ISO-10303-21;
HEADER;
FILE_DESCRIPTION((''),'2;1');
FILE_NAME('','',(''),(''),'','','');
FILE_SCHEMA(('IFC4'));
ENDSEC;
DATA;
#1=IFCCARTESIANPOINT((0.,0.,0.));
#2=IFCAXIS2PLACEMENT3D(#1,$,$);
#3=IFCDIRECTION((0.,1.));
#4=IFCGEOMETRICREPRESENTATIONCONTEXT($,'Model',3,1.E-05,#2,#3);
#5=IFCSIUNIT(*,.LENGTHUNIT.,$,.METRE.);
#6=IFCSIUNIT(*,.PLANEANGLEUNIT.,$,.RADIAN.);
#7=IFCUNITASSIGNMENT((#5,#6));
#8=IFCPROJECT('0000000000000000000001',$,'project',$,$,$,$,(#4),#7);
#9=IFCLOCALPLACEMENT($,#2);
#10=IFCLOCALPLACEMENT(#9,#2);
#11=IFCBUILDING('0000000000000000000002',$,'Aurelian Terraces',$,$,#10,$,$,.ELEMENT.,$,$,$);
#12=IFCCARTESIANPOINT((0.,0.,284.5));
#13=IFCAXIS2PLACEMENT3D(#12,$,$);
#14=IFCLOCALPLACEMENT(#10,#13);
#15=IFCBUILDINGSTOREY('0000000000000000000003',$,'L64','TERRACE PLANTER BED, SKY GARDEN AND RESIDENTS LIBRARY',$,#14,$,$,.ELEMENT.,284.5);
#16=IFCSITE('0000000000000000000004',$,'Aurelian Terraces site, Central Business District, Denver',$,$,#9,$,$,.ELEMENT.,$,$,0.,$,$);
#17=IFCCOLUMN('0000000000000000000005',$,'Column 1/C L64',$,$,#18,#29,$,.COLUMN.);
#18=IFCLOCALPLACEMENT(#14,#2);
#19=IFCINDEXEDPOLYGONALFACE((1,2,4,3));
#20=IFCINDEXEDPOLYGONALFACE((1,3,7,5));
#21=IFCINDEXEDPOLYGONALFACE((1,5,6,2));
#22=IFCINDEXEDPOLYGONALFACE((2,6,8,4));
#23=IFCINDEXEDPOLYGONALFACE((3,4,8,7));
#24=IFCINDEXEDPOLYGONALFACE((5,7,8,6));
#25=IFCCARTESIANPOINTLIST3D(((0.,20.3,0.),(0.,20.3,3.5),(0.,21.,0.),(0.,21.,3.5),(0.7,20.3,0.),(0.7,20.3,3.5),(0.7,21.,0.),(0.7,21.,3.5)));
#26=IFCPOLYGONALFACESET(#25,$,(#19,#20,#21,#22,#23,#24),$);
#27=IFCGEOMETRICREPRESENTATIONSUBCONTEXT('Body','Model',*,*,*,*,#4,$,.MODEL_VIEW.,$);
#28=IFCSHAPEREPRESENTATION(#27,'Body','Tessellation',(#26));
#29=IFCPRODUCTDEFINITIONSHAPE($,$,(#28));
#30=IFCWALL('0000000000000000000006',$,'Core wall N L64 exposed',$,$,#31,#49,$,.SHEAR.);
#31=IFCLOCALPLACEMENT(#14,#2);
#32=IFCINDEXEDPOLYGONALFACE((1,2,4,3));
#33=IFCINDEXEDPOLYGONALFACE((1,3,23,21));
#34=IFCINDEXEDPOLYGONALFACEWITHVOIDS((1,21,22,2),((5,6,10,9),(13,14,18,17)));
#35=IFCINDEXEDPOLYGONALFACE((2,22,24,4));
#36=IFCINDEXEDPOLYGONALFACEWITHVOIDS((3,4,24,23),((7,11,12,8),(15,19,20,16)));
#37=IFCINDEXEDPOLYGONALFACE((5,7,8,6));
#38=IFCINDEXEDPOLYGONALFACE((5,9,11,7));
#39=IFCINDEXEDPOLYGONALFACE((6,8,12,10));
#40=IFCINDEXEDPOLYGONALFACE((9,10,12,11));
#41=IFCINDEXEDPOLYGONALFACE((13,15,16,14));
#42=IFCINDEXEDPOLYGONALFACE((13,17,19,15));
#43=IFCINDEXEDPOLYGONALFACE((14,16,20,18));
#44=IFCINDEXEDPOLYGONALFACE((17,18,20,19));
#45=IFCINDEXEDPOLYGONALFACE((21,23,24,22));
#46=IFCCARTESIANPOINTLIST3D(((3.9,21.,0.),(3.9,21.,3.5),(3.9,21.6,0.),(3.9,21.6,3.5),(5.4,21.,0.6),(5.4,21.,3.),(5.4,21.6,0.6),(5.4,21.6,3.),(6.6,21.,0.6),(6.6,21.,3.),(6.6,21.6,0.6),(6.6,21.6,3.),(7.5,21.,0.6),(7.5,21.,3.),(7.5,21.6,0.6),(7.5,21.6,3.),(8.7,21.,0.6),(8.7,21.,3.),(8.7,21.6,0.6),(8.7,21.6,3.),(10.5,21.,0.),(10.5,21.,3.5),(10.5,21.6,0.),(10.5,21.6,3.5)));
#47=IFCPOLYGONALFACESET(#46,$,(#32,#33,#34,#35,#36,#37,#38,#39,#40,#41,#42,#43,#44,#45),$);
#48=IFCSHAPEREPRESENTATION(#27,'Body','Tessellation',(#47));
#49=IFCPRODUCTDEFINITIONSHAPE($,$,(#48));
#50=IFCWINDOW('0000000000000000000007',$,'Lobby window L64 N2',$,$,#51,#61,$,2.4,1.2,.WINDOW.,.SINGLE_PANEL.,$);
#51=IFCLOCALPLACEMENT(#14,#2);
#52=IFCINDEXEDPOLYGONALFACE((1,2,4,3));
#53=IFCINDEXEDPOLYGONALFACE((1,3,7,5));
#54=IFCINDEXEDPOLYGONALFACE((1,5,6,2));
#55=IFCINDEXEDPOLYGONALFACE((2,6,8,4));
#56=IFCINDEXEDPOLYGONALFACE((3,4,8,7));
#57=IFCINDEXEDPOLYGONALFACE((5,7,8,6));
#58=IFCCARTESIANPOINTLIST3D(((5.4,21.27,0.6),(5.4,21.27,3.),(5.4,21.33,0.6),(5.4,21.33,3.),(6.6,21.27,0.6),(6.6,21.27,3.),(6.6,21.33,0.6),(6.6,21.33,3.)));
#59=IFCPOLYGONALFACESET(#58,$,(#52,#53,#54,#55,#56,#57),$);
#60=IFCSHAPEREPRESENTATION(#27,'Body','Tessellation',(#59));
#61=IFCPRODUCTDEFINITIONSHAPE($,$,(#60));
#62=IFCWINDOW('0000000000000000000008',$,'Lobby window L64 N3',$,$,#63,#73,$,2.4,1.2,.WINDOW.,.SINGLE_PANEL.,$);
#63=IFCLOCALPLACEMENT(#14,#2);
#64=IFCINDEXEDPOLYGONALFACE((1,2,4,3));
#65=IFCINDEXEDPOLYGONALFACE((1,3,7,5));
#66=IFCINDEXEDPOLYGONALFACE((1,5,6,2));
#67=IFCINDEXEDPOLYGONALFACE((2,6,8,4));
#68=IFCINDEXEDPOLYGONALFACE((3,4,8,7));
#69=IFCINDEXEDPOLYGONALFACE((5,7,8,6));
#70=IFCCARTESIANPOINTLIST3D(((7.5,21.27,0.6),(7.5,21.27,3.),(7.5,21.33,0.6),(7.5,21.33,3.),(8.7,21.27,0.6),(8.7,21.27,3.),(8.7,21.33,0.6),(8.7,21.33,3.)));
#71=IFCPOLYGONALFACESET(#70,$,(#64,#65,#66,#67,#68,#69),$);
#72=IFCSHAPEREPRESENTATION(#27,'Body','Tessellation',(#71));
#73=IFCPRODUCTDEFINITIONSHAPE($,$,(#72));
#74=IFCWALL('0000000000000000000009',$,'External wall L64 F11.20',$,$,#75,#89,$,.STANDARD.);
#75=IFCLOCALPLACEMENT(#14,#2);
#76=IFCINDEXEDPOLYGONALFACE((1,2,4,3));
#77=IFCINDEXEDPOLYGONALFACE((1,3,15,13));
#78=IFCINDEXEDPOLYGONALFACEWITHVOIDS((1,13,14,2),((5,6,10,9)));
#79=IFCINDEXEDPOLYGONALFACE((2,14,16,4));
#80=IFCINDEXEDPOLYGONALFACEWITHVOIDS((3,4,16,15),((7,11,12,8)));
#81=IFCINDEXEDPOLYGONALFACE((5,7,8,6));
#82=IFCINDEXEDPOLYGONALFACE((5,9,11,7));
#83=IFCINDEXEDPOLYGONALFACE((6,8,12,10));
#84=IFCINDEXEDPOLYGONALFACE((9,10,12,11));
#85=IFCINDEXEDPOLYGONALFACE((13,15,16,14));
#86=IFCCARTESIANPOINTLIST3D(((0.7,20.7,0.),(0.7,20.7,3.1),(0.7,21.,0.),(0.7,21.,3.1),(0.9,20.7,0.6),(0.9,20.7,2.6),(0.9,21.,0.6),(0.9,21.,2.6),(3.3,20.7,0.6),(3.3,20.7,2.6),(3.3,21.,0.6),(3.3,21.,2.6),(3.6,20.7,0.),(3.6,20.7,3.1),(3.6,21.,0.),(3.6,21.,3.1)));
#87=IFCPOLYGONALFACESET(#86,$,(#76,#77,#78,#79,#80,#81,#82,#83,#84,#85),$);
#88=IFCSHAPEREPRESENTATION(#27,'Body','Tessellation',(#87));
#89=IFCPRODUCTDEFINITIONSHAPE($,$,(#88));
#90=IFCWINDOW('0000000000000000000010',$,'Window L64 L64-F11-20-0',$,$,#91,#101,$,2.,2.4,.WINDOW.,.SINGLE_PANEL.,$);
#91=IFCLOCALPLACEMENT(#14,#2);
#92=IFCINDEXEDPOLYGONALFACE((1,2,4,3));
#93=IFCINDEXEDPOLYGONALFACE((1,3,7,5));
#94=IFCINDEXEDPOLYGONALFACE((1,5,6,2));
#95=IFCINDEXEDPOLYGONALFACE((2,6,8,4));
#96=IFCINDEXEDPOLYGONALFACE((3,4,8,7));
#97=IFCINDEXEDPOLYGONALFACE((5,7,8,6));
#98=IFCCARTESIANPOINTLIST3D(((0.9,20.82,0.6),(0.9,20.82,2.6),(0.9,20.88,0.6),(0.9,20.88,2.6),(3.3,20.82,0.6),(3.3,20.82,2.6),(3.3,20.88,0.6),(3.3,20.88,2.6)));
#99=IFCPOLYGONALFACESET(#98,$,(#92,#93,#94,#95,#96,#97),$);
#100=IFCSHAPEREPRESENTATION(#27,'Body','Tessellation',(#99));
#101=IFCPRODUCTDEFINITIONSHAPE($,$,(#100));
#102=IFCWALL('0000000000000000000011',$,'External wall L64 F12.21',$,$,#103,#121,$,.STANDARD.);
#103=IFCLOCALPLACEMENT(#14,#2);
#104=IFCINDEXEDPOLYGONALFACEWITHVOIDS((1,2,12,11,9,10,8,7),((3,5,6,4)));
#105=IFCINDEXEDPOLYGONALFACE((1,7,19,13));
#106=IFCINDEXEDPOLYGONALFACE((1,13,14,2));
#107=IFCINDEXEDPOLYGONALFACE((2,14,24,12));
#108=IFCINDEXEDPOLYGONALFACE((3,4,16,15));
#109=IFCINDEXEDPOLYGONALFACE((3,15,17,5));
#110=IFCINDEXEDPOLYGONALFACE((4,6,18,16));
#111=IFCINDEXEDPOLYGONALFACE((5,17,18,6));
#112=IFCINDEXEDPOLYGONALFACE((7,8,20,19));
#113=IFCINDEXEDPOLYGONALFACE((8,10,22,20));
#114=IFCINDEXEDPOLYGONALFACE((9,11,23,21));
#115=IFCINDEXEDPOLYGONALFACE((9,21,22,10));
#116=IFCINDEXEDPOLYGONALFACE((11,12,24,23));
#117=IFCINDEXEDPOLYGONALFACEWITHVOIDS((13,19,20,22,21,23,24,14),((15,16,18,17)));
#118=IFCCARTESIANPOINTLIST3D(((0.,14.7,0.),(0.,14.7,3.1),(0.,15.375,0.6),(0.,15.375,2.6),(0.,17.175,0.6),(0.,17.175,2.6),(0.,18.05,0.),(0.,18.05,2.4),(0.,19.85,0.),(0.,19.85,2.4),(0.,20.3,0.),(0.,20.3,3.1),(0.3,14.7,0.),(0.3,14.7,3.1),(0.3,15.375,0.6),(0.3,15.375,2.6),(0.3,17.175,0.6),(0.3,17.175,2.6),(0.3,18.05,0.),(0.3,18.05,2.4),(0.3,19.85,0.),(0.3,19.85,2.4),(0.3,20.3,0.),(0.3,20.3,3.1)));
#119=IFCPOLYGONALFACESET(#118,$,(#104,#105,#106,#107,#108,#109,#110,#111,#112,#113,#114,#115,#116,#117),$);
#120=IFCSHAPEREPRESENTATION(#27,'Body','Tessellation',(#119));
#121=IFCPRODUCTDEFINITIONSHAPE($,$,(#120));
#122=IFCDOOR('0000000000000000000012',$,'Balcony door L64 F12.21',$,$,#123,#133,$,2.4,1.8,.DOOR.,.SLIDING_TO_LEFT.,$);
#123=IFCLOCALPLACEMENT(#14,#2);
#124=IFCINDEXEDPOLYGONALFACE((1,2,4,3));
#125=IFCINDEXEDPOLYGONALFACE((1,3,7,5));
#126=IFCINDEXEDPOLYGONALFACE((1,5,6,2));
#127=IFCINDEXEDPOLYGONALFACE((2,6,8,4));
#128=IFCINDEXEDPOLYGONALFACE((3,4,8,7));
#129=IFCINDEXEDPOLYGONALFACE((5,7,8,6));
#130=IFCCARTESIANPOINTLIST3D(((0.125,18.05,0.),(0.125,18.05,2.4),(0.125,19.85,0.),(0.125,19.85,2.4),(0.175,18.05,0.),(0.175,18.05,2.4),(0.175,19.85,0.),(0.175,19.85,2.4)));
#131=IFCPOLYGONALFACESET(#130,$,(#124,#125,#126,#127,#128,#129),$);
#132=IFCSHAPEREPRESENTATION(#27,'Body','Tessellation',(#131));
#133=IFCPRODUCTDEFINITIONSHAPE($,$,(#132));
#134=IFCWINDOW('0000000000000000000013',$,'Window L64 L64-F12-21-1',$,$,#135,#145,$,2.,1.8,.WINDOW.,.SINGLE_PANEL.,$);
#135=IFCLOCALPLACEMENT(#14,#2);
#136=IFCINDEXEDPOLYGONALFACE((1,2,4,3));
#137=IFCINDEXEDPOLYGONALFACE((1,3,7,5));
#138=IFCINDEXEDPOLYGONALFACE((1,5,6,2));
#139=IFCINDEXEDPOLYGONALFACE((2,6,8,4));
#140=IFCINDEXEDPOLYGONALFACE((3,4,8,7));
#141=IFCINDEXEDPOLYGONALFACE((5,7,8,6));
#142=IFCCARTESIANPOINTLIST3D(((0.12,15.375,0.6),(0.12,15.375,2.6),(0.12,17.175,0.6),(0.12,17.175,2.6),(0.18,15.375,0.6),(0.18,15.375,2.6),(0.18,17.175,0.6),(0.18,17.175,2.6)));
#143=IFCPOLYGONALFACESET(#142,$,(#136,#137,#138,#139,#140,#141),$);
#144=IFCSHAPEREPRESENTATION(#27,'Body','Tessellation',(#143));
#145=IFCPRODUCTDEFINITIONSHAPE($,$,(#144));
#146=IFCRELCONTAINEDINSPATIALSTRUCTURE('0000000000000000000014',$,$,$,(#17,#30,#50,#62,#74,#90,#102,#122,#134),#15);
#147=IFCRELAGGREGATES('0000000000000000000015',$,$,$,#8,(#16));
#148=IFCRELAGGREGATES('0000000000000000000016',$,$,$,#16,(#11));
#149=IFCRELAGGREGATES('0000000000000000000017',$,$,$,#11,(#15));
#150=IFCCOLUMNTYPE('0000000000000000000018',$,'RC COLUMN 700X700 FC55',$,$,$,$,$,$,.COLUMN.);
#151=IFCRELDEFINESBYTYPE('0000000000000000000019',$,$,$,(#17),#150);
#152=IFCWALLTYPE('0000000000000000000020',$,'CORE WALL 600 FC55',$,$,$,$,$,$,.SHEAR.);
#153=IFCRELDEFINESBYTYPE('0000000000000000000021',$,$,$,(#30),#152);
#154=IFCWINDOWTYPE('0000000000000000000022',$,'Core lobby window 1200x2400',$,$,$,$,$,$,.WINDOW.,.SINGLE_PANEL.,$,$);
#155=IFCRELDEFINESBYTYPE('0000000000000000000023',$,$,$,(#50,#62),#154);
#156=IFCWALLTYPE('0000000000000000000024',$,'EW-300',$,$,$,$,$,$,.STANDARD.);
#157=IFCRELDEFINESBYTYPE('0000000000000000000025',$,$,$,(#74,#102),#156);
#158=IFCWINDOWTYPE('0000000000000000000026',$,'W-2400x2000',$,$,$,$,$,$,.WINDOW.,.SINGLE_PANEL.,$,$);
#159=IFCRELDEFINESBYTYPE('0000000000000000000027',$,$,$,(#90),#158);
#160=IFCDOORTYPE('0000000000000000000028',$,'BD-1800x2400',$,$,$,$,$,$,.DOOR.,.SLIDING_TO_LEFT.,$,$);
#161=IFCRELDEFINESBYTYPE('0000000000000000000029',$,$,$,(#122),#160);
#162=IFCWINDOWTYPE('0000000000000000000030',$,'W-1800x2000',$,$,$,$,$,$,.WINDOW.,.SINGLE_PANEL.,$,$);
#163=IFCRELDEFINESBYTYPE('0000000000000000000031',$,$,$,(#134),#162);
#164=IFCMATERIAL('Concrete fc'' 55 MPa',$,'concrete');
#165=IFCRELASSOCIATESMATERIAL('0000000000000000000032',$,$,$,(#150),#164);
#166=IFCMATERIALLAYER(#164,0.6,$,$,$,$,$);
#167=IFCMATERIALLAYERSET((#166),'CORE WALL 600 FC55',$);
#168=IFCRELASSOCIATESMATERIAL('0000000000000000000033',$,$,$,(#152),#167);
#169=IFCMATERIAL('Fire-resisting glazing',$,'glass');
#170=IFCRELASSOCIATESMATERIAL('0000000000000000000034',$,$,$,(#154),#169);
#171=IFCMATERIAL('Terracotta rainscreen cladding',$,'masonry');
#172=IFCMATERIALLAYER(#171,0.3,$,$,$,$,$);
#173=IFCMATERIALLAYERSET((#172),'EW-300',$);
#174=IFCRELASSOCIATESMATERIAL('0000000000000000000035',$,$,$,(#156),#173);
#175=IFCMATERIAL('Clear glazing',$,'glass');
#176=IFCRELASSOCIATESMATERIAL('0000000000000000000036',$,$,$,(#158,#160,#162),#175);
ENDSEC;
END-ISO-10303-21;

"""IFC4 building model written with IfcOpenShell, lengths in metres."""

from ifc_helpers import new_model, si_unit, direction, frame, frame_2d, origin, origin_2d, place, context, subcontext, project, spatial, rectangle, extrude, source, transform, mapped, material, layer, layer_set, material_profile, profile_set, type_object, element, fill, save


model = new_model("IFC4")

# Units and contexts
model_context = context("Model", 3, precision=1e-05, world=origin(), true_north=direction((0.0, 1.0)))
body_context = subcontext(model_context, "Body", "Model", "MODEL_VIEW")
ifc_project = project(units=[si_unit("LENGTHUNIT", "METRE"), si_unit("PLANEANGLEUNIT", "RADIAN")], contexts=[model_context])

# Site, building, storey
site_placement = place(None, origin())
site = spatial("IfcSite", under=ifc_project, at=site_placement, Name="Aurelian Terraces site, Central Business District, Denver", CompositionType="ELEMENT", RefElevation=0.0)
building_placement = place(site_placement, origin())
building = spatial("IfcBuilding", under=site, at=building_placement, Name="Aurelian Terraces", CompositionType="ELEMENT")
storey_placement = place(building_placement, frame((0.0, 0.0, 284.5)))
storey = spatial("IfcBuildingStorey", under=building, at=storey_placement, Name="L64", Description="TERRACE PLANTER BED, SKY GARDEN AND RESIDENTS LIBRARY", CompositionType="ELEMENT", Elevation=284.5)

# Column
ifc_material_1 = material(Name="Concrete fc' 55 MPa", Category="concrete")
ifc_material_profile = material_profile(ifc_material_1, rectangle(XDim=0.7, YDim=0.7, at=origin_2d()))
ifc_profile_set = profile_set([ifc_material_profile], Name="Concrete fc' 55 MPa")
column_type = type_object("IfcColumnType", Name="RC COLUMN 700X700 FC55", PredefinedType="COLUMN", material=ifc_profile_set)
shared_shape_1 = source(origin(), body_context, "Body", "SweptSolid", [
    extrude(rectangle(XDim=0.7, YDim=0.7, at=origin_2d()), origin(), (0.0, 0.0, 1.0), 3.5),
])
column_placement = place(storey_placement, frame((0.35, 20.65, 0.0), z_axis=(0.0, 0.0, 1.0), x_axis=(1.0, 0.0, 0.0)))
element("IfcColumn", 1, at=column_placement, inside=storey, type_object=column_type, Name="Column 1/C L64", PredefinedType="COLUMN", context=body_context, shape_type="MappedRepresentation", body=[
    mapped(shared_shape_1, transform((0.0, 0.0, 0.0), scale=1.0)),
])

# Wall, openings, windows
ifc_layer_1 = layer(ifc_material_1, 0.6)
ifc_layer_set_1 = layer_set([ifc_layer_1], Name="CORE WALL 600 FC55")
wall_type_1 = type_object("IfcWallType", Name="CORE WALL 600 FC55", PredefinedType="SHEAR", material=ifc_layer_set_1)
wall_1_placement = place(storey_placement, frame((3.9, 21.3, 0.0), z_axis=(0.0, 0.0, 1.0), x_axis=(1.0, 0.0, 0.0)))
wall_1 = element("IfcWall", 2, at=wall_1_placement, inside=storey, type_object=wall_type_1, Name="Core wall N L64 exposed", PredefinedType="SHEAR", context=body_context, shape_type="SweptSolid", body=[
    extrude(rectangle(XDim=6.6, YDim=0.6, at=frame_2d((3.3, 0.0))), origin(), (0.0, 0.0, 1.0), 3.5),
])
shared_shape_2 = source(origin(), body_context, "Body", "SweptSolid", [
    extrude(rectangle(XDim=1.2, YDim=2.4, at=frame_2d((0.6, 1.2))), frame((0.0, 0.31, 0.0), z_axis=(0.0, -1.0, 0.0), x_axis=(1.0, 0.0, 0.0)), (0.0, 0.0, 1.0), 0.62),
])
opening_1_placement = place(wall_1_placement, frame((1.5, 0.0, 0.6)))
opening_1 = element("IfcOpeningElement", 3, at=opening_1_placement, cuts=wall_1, PredefinedType="OPENING", context=body_context, shape_type="MappedRepresentation", body=[
    mapped(shared_shape_2, transform((0.0, 0.0, 0.0), scale=1.0)),
])
opening_2_placement = place(wall_1_placement, frame((3.6, 0.0, 0.6)))
opening_2 = element("IfcOpeningElement", 4, at=opening_2_placement, cuts=wall_1, PredefinedType="OPENING", context=body_context, shape_type="MappedRepresentation", body=[
    mapped(shared_shape_2, transform((0.0, 0.0, 0.0), scale=1.0)),
])
ifc_material_2 = material(Name="Fire-resisting glazing", Category="glass")
window_type_1 = type_object("IfcWindowType", Name="Core lobby window 1200x2400", PartitioningType="SINGLE_PANEL", PredefinedType="WINDOW", material=ifc_material_2)
shared_shape_3 = source(origin(), body_context, "Body", "SweptSolid", [
    extrude(rectangle(XDim=1.2, YDim=2.4, at=frame_2d((0.6, 1.2))), frame((0.0, 0.03, 0.0), z_axis=(0.0, -1.0, 0.0), x_axis=(1.0, 0.0, 0.0)), (0.0, 0.0, 1.0), 0.06),
])
window_1_placement = place(opening_1_placement, origin())
window_1 = element("IfcWindow", 5, at=window_1_placement, inside=storey, type_object=window_type_1, Name="Lobby window L64 N2", OverallHeight=2.4, OverallWidth=1.2, PartitioningType="SINGLE_PANEL", PredefinedType="WINDOW", context=body_context, shape_type="MappedRepresentation", body=[
    mapped(shared_shape_3, transform((0.0, 0.0, 0.0), scale=1.0)),
])
fill(opening_1, window_1)
window_2_placement = place(opening_2_placement, origin())
window_2 = element("IfcWindow", 6, at=window_2_placement, inside=storey, type_object=window_type_1, Name="Lobby window L64 N3", OverallHeight=2.4, OverallWidth=1.2, PartitioningType="SINGLE_PANEL", PredefinedType="WINDOW", context=body_context, shape_type="MappedRepresentation", body=[
    mapped(shared_shape_3, transform((0.0, 0.0, 0.0), scale=1.0)),
])
fill(opening_2, window_2)

# Wall, opening, window
ifc_material_3 = material(Name="Terracotta rainscreen cladding", Category="masonry")
ifc_layer_2 = layer(ifc_material_3, 0.3)
ifc_layer_set_2 = layer_set([ifc_layer_2], Name="EW-300")
wall_type_2 = type_object("IfcWallType", Name="EW-300", PredefinedType="STANDARD", material=ifc_layer_set_2)
wall_2_placement = place(storey_placement, frame((3.6, 20.85, 0.0), z_axis=(0.0, 0.0, 1.0), x_axis=(-1.0, 0.0, 0.0)))
wall_2 = element("IfcWall", 7, at=wall_2_placement, inside=storey, type_object=wall_type_2, Name="External wall L64 F11.20", PredefinedType="STANDARD", context=body_context, shape_type="SweptSolid", body=[
    extrude(rectangle(XDim=2.9, YDim=0.3, at=frame_2d((1.45, 0.0))), origin(), (0.0, 0.0, 1.0), 3.1),
])
shared_shape_4 = source(origin(), body_context, "Body", "SweptSolid", [
    extrude(rectangle(XDim=2.4, YDim=2.0, at=frame_2d((1.2, 1.0))), frame((0.0, 0.16, 0.0), z_axis=(0.0, -1.0, 0.0), x_axis=(1.0, 0.0, 0.0)), (0.0, 0.0, 1.0), 0.32),
])
opening_3_placement = place(wall_2_placement, frame((0.3, 0.0, 0.6)))
opening_3 = element("IfcOpeningElement", 8, at=opening_3_placement, cuts=wall_2, PredefinedType="OPENING", context=body_context, shape_type="MappedRepresentation", body=[
    mapped(shared_shape_4, transform((0.0, 0.0, 0.0), scale=1.0)),
])
ifc_material_4 = material(Name="Clear glazing", Category="glass")
window_type_2 = type_object("IfcWindowType", Name="W-2400x2000", PartitioningType="SINGLE_PANEL", PredefinedType="WINDOW", material=ifc_material_4)
shared_shape_5 = source(origin(), body_context, "Body", "SweptSolid", [
    extrude(rectangle(XDim=2.4, YDim=2.0, at=frame_2d((1.2, 1.0))), frame((0.0, 0.03, 0.0), z_axis=(0.0, -1.0, 0.0), x_axis=(1.0, 0.0, 0.0)), (0.0, 0.0, 1.0), 0.06),
])
window_3_placement = place(opening_3_placement, origin())
window_3 = element("IfcWindow", 9, at=window_3_placement, inside=storey, type_object=window_type_2, Name="Window L64 L64-F11-20-0", OverallHeight=2.0, OverallWidth=2.4, PartitioningType="SINGLE_PANEL", PredefinedType="WINDOW", context=body_context, shape_type="MappedRepresentation", body=[
    mapped(shared_shape_5, transform((0.0, 0.0, 0.0), scale=1.0)),
])
fill(opening_3, window_3)

# Wall, openings, door, window
wall_3_placement = place(storey_placement, frame((0.15, 20.3, 0.0), z_axis=(0.0, 0.0, 1.0), x_axis=(0.0, -1.0, 0.0)))
wall_3 = element("IfcWall", 10, at=wall_3_placement, inside=storey, type_object=wall_type_2, Name="External wall L64 F12.21", PredefinedType="STANDARD", context=body_context, shape_type="SweptSolid", body=[
    extrude(rectangle(XDim=5.6, YDim=0.3, at=frame_2d((2.8, 0.0))), origin(), (0.0, 0.0, 1.0), 3.1),
])
shared_shape_6 = source(origin(), body_context, "Body", "SweptSolid", [
    extrude(rectangle(XDim=1.8, YDim=2.4, at=frame_2d((0.9, 1.2))), frame((0.0, 0.16, 0.0), z_axis=(0.0, -1.0, 0.0), x_axis=(1.0, 0.0, 0.0)), (0.0, 0.0, 1.0), 0.32),
])
opening_4_placement = place(wall_3_placement, frame((0.45, 0.0, 0.0)))
opening_4 = element("IfcOpeningElement", 11, at=opening_4_placement, cuts=wall_3, PredefinedType="OPENING", context=body_context, shape_type="MappedRepresentation", body=[
    mapped(shared_shape_6, transform((0.0, 0.0, 0.0), scale=1.0)),
])
shared_shape_7 = source(origin(), body_context, "Body", "SweptSolid", [
    extrude(rectangle(XDim=1.8, YDim=2.0, at=frame_2d((0.9, 1.0))), frame((0.0, 0.16, 0.0), z_axis=(0.0, -1.0, 0.0), x_axis=(1.0, 0.0, 0.0)), (0.0, 0.0, 1.0), 0.32),
])
opening_5_placement = place(wall_3_placement, frame((3.125, 0.0, 0.6)))
opening_5 = element("IfcOpeningElement", 12, at=opening_5_placement, cuts=wall_3, PredefinedType="OPENING", context=body_context, shape_type="MappedRepresentation", body=[
    mapped(shared_shape_7, transform((0.0, 0.0, 0.0), scale=1.0)),
])
door_type = type_object("IfcDoorType", Name="BD-1800x2400", OperationType="SLIDING_TO_LEFT", PredefinedType="DOOR", material=ifc_material_4)
shared_shape_8 = source(origin(), body_context, "Body", "SweptSolid", [
    extrude(rectangle(XDim=1.8, YDim=2.4, at=frame_2d((0.9, 1.2))), frame((0.0, 0.025, 0.0), z_axis=(0.0, -1.0, 0.0), x_axis=(1.0, 0.0, 0.0)), (0.0, 0.0, 1.0), 0.05),
])
door_placement = place(opening_4_placement, origin())
door = element("IfcDoor", 13, at=door_placement, inside=storey, type_object=door_type, Name="Balcony door L64 F12.21", OperationType="SLIDING_TO_LEFT", OverallHeight=2.4, OverallWidth=1.8, PredefinedType="DOOR", context=body_context, shape_type="MappedRepresentation", body=[
    mapped(shared_shape_8, transform((0.0, 0.0, 0.0), scale=1.0)),
])
fill(opening_4, door)
window_type_3 = type_object("IfcWindowType", Name="W-1800x2000", PartitioningType="SINGLE_PANEL", PredefinedType="WINDOW", material=ifc_material_4)
shared_shape_9 = source(origin(), body_context, "Body", "SweptSolid", [
    extrude(rectangle(XDim=1.8, YDim=2.0, at=frame_2d((0.9, 1.0))), frame((0.0, 0.03, 0.0), z_axis=(0.0, -1.0, 0.0), x_axis=(1.0, 0.0, 0.0)), (0.0, 0.0, 1.0), 0.06),
])
window_4_placement = place(opening_5_placement, origin())
window_4 = element("IfcWindow", 14, at=window_4_placement, inside=storey, type_object=window_type_3, Name="Window L64 L64-F12-21-1", OverallHeight=2.0, OverallWidth=1.8, PartitioningType="SINGLE_PANEL", PredefinedType="WINDOW", context=body_context, shape_type="MappedRepresentation", body=[
    mapped(shared_shape_9, transform((0.0, 0.0, 0.0), scale=1.0)),
])
fill(opening_5, window_4)

save(model, "model.ifc")
